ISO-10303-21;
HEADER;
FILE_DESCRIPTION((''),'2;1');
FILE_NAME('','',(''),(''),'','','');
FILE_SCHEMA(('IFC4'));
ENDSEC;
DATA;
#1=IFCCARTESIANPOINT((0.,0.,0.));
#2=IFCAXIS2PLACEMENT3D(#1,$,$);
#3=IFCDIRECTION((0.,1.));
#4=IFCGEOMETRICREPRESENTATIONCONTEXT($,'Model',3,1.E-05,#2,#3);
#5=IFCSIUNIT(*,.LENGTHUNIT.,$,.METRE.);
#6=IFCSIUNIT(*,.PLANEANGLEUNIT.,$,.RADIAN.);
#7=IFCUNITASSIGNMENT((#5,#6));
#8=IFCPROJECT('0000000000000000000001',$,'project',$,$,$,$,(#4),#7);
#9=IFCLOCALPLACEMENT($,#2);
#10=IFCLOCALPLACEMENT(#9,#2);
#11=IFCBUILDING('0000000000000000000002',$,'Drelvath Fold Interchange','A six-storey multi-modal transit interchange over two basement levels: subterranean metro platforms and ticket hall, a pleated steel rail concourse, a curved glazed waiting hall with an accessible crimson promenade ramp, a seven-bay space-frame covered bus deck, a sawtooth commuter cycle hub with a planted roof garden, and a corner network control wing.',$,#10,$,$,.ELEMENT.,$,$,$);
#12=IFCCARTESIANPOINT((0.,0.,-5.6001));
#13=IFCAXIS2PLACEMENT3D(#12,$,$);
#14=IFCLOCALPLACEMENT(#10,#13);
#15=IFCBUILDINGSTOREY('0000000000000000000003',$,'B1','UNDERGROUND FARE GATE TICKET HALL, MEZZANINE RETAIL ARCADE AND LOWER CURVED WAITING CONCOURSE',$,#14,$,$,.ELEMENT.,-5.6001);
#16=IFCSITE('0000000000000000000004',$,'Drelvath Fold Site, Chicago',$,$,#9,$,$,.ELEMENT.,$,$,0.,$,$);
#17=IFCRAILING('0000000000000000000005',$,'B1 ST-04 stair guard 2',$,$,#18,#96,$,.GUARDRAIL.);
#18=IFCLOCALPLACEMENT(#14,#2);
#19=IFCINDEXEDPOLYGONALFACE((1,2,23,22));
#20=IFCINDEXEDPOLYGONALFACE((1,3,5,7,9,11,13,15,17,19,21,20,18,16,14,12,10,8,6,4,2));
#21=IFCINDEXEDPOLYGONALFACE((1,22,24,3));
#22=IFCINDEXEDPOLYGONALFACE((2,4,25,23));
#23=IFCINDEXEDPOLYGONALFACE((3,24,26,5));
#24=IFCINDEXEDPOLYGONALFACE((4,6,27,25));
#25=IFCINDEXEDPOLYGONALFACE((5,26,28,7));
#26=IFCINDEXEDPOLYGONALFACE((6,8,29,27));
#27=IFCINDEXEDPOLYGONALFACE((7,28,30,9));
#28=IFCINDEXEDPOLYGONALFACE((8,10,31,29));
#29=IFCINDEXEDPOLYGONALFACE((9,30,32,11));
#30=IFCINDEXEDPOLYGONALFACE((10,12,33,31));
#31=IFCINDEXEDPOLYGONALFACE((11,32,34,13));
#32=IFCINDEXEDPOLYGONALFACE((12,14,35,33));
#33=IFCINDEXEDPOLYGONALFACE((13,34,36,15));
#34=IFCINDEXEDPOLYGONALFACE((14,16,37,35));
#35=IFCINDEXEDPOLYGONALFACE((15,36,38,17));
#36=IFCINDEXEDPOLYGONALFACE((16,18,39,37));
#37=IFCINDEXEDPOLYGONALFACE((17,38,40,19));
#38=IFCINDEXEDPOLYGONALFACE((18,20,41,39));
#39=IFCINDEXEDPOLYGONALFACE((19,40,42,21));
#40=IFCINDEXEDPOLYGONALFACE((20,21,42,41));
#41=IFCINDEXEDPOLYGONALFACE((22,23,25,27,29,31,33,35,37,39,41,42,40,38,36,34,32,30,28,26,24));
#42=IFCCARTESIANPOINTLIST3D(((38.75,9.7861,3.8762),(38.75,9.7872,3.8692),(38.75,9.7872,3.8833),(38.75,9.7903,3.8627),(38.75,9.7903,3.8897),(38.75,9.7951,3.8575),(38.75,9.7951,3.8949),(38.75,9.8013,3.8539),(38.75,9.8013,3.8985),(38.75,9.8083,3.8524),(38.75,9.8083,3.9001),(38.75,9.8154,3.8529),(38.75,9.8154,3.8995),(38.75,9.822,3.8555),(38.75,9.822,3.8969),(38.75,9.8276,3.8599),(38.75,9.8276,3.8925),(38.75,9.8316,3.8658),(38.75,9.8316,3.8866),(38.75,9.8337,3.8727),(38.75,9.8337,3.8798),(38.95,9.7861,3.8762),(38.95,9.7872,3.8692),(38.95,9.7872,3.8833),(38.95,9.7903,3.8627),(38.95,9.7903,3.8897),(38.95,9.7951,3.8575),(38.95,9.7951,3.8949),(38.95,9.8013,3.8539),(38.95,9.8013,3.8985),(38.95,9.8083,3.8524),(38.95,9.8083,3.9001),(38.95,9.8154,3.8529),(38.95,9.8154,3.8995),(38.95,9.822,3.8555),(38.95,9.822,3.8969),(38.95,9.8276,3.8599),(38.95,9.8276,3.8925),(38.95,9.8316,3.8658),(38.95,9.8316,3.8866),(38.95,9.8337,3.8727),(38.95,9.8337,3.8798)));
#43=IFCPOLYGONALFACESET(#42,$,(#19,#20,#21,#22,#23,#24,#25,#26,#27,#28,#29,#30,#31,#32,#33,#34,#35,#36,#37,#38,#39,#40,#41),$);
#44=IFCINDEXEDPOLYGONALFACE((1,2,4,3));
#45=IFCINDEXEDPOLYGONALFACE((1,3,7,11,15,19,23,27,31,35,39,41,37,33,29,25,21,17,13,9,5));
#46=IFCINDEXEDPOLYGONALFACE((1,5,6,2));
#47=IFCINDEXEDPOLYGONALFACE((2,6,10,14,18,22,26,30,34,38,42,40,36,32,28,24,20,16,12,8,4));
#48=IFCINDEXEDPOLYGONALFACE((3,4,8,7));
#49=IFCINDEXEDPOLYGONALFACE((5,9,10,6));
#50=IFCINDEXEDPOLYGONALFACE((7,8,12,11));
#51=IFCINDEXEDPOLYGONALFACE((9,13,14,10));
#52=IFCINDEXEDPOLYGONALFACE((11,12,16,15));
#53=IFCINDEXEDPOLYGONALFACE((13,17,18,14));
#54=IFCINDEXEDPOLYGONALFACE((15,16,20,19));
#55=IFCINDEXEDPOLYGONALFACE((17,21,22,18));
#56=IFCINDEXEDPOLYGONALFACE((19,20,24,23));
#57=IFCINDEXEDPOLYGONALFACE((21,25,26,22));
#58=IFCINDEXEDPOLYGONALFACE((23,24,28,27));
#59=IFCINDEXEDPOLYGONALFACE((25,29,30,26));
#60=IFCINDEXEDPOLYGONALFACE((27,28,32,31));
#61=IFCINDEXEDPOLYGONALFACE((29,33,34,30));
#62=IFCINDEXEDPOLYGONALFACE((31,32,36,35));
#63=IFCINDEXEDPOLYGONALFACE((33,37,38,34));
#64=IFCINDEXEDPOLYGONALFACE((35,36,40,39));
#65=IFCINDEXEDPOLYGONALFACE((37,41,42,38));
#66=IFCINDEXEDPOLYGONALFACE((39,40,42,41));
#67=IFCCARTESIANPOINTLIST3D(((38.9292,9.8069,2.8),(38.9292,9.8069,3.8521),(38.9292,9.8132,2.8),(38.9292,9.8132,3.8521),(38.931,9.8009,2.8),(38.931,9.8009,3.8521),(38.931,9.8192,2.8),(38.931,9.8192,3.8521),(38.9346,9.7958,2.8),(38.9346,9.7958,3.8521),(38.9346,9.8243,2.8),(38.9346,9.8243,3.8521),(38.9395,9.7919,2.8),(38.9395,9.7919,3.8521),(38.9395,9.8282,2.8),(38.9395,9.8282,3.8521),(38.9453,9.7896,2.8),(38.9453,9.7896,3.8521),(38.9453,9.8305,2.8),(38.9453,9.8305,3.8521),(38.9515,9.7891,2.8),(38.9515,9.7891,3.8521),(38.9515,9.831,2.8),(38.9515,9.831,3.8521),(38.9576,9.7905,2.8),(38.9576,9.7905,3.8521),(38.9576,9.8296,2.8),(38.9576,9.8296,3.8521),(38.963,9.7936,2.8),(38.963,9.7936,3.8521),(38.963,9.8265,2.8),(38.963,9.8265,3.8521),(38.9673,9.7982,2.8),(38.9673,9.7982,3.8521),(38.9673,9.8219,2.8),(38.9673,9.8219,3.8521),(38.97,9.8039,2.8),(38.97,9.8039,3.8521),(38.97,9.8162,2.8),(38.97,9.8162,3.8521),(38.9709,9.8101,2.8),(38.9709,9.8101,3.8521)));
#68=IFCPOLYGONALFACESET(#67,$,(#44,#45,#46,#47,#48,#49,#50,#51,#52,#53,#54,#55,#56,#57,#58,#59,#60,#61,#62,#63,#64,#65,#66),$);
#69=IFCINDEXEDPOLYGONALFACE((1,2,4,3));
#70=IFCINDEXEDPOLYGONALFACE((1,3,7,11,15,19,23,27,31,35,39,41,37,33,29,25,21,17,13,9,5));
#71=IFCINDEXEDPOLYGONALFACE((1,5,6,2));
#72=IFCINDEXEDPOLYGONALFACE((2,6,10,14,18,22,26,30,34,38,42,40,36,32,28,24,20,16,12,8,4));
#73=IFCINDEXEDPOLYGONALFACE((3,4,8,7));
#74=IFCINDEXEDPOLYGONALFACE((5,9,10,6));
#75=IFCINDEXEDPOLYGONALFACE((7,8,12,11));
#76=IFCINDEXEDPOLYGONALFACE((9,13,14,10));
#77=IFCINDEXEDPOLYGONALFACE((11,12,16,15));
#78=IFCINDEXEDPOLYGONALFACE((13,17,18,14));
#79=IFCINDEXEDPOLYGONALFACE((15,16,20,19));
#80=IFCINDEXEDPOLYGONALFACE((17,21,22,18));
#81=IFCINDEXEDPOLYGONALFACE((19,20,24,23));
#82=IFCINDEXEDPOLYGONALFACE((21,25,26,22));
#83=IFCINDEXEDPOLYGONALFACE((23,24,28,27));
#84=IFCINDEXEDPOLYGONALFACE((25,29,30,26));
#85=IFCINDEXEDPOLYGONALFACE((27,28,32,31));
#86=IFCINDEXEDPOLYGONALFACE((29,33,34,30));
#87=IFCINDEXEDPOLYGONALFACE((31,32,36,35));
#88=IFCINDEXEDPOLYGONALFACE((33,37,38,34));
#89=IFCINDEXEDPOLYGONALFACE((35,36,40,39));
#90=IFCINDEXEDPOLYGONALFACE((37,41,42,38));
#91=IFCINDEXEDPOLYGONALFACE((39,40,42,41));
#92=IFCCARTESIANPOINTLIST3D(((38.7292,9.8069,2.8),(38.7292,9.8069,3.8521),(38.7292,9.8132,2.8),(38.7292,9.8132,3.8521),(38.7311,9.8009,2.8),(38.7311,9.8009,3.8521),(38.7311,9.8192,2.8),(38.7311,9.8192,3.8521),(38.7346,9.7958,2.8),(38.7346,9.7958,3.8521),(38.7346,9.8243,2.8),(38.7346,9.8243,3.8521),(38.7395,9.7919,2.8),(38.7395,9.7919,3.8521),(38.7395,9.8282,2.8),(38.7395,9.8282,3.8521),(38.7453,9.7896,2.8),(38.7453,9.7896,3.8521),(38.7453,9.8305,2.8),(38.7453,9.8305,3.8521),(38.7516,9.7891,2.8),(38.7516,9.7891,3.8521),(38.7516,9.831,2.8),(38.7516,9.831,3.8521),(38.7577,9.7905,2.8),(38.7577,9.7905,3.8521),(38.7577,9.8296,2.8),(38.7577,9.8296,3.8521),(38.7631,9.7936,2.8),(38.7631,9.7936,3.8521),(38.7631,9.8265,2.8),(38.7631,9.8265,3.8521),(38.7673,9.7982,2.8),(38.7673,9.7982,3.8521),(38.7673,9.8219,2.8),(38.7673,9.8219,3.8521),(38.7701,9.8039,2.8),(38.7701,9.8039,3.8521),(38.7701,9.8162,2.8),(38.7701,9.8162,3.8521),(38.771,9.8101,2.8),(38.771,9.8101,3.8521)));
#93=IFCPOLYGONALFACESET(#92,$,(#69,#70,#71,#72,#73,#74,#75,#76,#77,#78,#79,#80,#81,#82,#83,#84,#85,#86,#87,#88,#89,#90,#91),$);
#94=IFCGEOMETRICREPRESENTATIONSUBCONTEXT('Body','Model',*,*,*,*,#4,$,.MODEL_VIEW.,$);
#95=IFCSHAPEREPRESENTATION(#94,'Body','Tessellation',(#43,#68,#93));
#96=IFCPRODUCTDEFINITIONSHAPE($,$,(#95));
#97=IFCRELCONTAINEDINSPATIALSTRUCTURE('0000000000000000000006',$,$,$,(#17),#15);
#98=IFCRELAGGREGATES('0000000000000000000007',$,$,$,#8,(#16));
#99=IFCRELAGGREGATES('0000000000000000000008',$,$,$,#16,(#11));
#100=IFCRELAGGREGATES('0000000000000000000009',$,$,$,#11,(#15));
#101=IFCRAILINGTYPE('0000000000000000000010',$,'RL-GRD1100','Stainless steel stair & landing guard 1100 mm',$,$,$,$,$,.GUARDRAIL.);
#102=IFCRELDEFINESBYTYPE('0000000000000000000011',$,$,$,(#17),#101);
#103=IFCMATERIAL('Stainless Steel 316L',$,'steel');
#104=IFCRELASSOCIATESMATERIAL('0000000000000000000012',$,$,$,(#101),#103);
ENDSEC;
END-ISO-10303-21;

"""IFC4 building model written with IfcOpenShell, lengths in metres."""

from ifc_helpers import new_model, si_unit, direction, frame, origin, origin_2d, place, context, subcontext, project, spatial, circle, extrude, material, type_object, element, save


model = new_model("IFC4")

# Units and contexts
model_context = context("Model", 3, precision=1e-05, world=origin(), true_north=direction((0.0, 1.0)))
body_context = subcontext(model_context, "Body", "Model", "MODEL_VIEW")
ifc_project = project(units=[si_unit("LENGTHUNIT", "METRE"), si_unit("PLANEANGLEUNIT", "RADIAN")], contexts=[model_context])

# Site, building, storey
site_placement = place(None, origin())
site = spatial("IfcSite", under=ifc_project, at=site_placement, Name="Drelvath Fold Site, Chicago", CompositionType="ELEMENT", RefElevation=0.0)
building_placement = place(site_placement, origin())
building = spatial("IfcBuilding", under=site, at=building_placement, Name="Drelvath Fold Interchange", Description="A six-storey multi-modal transit interchange over two basement levels: subterranean metro platforms and ticket hall, a pleated steel rail concourse, a curved glazed waiting hall with an accessible crimson promenade ramp, a seven-bay space-frame covered bus deck, a sawtooth commuter cycle hub with a planted roof garden, and a corner network control wing.", CompositionType="ELEMENT")
storey_placement = place(building_placement, frame((0.0, 0.0, -5.6001)))
storey = spatial("IfcBuildingStorey", under=building, at=storey_placement, Name="B1", Description="UNDERGROUND FARE GATE TICKET HALL, MEZZANINE RETAIL ARCADE AND LOWER CURVED WAITING CONCOURSE", CompositionType="ELEMENT", Elevation=-5.6001)

# Railing
ifc_material_1 = material(Name="Stainless Steel 316L", Category="steel")
railing_type_1 = type_object("IfcRailingType", Name="RL-GRD1100", Description="Stainless steel stair & landing guard 1100 mm", PredefinedType="GUARDRAIL", material=ifc_material_1)
railing_1_placement = place(storey_placement, frame((38.95, 9.8101, 2.8)))
element("IfcRailing", 1, at=railing_1_placement, inside=storey, type_object=railing_type_1, Name="B1 ST-04 stair guard 2", PredefinedType="GUARDRAIL", context=body_context, shape_type="SweptSolid", body=[
    extrude(circle(Radius=0.0239, at=origin_2d()), frame((0.0, 0.0, 1.0762), z_axis=(-1.0, 0.0, 0.0), x_axis=(0.0, -1.0, 0.0)), (0.0, 0.0, 1.0), 0.2),
    extrude(circle(Radius=0.021, at=origin_2d()), origin(), (0.0, 0.0, 1.0), 1.052),
    extrude(circle(Radius=0.021, at=origin_2d()), frame((-0.2, 0.0, 0.0)), (0.0, 0.0, 1.0), 1.052),
])

save(model, "model.ifc")
